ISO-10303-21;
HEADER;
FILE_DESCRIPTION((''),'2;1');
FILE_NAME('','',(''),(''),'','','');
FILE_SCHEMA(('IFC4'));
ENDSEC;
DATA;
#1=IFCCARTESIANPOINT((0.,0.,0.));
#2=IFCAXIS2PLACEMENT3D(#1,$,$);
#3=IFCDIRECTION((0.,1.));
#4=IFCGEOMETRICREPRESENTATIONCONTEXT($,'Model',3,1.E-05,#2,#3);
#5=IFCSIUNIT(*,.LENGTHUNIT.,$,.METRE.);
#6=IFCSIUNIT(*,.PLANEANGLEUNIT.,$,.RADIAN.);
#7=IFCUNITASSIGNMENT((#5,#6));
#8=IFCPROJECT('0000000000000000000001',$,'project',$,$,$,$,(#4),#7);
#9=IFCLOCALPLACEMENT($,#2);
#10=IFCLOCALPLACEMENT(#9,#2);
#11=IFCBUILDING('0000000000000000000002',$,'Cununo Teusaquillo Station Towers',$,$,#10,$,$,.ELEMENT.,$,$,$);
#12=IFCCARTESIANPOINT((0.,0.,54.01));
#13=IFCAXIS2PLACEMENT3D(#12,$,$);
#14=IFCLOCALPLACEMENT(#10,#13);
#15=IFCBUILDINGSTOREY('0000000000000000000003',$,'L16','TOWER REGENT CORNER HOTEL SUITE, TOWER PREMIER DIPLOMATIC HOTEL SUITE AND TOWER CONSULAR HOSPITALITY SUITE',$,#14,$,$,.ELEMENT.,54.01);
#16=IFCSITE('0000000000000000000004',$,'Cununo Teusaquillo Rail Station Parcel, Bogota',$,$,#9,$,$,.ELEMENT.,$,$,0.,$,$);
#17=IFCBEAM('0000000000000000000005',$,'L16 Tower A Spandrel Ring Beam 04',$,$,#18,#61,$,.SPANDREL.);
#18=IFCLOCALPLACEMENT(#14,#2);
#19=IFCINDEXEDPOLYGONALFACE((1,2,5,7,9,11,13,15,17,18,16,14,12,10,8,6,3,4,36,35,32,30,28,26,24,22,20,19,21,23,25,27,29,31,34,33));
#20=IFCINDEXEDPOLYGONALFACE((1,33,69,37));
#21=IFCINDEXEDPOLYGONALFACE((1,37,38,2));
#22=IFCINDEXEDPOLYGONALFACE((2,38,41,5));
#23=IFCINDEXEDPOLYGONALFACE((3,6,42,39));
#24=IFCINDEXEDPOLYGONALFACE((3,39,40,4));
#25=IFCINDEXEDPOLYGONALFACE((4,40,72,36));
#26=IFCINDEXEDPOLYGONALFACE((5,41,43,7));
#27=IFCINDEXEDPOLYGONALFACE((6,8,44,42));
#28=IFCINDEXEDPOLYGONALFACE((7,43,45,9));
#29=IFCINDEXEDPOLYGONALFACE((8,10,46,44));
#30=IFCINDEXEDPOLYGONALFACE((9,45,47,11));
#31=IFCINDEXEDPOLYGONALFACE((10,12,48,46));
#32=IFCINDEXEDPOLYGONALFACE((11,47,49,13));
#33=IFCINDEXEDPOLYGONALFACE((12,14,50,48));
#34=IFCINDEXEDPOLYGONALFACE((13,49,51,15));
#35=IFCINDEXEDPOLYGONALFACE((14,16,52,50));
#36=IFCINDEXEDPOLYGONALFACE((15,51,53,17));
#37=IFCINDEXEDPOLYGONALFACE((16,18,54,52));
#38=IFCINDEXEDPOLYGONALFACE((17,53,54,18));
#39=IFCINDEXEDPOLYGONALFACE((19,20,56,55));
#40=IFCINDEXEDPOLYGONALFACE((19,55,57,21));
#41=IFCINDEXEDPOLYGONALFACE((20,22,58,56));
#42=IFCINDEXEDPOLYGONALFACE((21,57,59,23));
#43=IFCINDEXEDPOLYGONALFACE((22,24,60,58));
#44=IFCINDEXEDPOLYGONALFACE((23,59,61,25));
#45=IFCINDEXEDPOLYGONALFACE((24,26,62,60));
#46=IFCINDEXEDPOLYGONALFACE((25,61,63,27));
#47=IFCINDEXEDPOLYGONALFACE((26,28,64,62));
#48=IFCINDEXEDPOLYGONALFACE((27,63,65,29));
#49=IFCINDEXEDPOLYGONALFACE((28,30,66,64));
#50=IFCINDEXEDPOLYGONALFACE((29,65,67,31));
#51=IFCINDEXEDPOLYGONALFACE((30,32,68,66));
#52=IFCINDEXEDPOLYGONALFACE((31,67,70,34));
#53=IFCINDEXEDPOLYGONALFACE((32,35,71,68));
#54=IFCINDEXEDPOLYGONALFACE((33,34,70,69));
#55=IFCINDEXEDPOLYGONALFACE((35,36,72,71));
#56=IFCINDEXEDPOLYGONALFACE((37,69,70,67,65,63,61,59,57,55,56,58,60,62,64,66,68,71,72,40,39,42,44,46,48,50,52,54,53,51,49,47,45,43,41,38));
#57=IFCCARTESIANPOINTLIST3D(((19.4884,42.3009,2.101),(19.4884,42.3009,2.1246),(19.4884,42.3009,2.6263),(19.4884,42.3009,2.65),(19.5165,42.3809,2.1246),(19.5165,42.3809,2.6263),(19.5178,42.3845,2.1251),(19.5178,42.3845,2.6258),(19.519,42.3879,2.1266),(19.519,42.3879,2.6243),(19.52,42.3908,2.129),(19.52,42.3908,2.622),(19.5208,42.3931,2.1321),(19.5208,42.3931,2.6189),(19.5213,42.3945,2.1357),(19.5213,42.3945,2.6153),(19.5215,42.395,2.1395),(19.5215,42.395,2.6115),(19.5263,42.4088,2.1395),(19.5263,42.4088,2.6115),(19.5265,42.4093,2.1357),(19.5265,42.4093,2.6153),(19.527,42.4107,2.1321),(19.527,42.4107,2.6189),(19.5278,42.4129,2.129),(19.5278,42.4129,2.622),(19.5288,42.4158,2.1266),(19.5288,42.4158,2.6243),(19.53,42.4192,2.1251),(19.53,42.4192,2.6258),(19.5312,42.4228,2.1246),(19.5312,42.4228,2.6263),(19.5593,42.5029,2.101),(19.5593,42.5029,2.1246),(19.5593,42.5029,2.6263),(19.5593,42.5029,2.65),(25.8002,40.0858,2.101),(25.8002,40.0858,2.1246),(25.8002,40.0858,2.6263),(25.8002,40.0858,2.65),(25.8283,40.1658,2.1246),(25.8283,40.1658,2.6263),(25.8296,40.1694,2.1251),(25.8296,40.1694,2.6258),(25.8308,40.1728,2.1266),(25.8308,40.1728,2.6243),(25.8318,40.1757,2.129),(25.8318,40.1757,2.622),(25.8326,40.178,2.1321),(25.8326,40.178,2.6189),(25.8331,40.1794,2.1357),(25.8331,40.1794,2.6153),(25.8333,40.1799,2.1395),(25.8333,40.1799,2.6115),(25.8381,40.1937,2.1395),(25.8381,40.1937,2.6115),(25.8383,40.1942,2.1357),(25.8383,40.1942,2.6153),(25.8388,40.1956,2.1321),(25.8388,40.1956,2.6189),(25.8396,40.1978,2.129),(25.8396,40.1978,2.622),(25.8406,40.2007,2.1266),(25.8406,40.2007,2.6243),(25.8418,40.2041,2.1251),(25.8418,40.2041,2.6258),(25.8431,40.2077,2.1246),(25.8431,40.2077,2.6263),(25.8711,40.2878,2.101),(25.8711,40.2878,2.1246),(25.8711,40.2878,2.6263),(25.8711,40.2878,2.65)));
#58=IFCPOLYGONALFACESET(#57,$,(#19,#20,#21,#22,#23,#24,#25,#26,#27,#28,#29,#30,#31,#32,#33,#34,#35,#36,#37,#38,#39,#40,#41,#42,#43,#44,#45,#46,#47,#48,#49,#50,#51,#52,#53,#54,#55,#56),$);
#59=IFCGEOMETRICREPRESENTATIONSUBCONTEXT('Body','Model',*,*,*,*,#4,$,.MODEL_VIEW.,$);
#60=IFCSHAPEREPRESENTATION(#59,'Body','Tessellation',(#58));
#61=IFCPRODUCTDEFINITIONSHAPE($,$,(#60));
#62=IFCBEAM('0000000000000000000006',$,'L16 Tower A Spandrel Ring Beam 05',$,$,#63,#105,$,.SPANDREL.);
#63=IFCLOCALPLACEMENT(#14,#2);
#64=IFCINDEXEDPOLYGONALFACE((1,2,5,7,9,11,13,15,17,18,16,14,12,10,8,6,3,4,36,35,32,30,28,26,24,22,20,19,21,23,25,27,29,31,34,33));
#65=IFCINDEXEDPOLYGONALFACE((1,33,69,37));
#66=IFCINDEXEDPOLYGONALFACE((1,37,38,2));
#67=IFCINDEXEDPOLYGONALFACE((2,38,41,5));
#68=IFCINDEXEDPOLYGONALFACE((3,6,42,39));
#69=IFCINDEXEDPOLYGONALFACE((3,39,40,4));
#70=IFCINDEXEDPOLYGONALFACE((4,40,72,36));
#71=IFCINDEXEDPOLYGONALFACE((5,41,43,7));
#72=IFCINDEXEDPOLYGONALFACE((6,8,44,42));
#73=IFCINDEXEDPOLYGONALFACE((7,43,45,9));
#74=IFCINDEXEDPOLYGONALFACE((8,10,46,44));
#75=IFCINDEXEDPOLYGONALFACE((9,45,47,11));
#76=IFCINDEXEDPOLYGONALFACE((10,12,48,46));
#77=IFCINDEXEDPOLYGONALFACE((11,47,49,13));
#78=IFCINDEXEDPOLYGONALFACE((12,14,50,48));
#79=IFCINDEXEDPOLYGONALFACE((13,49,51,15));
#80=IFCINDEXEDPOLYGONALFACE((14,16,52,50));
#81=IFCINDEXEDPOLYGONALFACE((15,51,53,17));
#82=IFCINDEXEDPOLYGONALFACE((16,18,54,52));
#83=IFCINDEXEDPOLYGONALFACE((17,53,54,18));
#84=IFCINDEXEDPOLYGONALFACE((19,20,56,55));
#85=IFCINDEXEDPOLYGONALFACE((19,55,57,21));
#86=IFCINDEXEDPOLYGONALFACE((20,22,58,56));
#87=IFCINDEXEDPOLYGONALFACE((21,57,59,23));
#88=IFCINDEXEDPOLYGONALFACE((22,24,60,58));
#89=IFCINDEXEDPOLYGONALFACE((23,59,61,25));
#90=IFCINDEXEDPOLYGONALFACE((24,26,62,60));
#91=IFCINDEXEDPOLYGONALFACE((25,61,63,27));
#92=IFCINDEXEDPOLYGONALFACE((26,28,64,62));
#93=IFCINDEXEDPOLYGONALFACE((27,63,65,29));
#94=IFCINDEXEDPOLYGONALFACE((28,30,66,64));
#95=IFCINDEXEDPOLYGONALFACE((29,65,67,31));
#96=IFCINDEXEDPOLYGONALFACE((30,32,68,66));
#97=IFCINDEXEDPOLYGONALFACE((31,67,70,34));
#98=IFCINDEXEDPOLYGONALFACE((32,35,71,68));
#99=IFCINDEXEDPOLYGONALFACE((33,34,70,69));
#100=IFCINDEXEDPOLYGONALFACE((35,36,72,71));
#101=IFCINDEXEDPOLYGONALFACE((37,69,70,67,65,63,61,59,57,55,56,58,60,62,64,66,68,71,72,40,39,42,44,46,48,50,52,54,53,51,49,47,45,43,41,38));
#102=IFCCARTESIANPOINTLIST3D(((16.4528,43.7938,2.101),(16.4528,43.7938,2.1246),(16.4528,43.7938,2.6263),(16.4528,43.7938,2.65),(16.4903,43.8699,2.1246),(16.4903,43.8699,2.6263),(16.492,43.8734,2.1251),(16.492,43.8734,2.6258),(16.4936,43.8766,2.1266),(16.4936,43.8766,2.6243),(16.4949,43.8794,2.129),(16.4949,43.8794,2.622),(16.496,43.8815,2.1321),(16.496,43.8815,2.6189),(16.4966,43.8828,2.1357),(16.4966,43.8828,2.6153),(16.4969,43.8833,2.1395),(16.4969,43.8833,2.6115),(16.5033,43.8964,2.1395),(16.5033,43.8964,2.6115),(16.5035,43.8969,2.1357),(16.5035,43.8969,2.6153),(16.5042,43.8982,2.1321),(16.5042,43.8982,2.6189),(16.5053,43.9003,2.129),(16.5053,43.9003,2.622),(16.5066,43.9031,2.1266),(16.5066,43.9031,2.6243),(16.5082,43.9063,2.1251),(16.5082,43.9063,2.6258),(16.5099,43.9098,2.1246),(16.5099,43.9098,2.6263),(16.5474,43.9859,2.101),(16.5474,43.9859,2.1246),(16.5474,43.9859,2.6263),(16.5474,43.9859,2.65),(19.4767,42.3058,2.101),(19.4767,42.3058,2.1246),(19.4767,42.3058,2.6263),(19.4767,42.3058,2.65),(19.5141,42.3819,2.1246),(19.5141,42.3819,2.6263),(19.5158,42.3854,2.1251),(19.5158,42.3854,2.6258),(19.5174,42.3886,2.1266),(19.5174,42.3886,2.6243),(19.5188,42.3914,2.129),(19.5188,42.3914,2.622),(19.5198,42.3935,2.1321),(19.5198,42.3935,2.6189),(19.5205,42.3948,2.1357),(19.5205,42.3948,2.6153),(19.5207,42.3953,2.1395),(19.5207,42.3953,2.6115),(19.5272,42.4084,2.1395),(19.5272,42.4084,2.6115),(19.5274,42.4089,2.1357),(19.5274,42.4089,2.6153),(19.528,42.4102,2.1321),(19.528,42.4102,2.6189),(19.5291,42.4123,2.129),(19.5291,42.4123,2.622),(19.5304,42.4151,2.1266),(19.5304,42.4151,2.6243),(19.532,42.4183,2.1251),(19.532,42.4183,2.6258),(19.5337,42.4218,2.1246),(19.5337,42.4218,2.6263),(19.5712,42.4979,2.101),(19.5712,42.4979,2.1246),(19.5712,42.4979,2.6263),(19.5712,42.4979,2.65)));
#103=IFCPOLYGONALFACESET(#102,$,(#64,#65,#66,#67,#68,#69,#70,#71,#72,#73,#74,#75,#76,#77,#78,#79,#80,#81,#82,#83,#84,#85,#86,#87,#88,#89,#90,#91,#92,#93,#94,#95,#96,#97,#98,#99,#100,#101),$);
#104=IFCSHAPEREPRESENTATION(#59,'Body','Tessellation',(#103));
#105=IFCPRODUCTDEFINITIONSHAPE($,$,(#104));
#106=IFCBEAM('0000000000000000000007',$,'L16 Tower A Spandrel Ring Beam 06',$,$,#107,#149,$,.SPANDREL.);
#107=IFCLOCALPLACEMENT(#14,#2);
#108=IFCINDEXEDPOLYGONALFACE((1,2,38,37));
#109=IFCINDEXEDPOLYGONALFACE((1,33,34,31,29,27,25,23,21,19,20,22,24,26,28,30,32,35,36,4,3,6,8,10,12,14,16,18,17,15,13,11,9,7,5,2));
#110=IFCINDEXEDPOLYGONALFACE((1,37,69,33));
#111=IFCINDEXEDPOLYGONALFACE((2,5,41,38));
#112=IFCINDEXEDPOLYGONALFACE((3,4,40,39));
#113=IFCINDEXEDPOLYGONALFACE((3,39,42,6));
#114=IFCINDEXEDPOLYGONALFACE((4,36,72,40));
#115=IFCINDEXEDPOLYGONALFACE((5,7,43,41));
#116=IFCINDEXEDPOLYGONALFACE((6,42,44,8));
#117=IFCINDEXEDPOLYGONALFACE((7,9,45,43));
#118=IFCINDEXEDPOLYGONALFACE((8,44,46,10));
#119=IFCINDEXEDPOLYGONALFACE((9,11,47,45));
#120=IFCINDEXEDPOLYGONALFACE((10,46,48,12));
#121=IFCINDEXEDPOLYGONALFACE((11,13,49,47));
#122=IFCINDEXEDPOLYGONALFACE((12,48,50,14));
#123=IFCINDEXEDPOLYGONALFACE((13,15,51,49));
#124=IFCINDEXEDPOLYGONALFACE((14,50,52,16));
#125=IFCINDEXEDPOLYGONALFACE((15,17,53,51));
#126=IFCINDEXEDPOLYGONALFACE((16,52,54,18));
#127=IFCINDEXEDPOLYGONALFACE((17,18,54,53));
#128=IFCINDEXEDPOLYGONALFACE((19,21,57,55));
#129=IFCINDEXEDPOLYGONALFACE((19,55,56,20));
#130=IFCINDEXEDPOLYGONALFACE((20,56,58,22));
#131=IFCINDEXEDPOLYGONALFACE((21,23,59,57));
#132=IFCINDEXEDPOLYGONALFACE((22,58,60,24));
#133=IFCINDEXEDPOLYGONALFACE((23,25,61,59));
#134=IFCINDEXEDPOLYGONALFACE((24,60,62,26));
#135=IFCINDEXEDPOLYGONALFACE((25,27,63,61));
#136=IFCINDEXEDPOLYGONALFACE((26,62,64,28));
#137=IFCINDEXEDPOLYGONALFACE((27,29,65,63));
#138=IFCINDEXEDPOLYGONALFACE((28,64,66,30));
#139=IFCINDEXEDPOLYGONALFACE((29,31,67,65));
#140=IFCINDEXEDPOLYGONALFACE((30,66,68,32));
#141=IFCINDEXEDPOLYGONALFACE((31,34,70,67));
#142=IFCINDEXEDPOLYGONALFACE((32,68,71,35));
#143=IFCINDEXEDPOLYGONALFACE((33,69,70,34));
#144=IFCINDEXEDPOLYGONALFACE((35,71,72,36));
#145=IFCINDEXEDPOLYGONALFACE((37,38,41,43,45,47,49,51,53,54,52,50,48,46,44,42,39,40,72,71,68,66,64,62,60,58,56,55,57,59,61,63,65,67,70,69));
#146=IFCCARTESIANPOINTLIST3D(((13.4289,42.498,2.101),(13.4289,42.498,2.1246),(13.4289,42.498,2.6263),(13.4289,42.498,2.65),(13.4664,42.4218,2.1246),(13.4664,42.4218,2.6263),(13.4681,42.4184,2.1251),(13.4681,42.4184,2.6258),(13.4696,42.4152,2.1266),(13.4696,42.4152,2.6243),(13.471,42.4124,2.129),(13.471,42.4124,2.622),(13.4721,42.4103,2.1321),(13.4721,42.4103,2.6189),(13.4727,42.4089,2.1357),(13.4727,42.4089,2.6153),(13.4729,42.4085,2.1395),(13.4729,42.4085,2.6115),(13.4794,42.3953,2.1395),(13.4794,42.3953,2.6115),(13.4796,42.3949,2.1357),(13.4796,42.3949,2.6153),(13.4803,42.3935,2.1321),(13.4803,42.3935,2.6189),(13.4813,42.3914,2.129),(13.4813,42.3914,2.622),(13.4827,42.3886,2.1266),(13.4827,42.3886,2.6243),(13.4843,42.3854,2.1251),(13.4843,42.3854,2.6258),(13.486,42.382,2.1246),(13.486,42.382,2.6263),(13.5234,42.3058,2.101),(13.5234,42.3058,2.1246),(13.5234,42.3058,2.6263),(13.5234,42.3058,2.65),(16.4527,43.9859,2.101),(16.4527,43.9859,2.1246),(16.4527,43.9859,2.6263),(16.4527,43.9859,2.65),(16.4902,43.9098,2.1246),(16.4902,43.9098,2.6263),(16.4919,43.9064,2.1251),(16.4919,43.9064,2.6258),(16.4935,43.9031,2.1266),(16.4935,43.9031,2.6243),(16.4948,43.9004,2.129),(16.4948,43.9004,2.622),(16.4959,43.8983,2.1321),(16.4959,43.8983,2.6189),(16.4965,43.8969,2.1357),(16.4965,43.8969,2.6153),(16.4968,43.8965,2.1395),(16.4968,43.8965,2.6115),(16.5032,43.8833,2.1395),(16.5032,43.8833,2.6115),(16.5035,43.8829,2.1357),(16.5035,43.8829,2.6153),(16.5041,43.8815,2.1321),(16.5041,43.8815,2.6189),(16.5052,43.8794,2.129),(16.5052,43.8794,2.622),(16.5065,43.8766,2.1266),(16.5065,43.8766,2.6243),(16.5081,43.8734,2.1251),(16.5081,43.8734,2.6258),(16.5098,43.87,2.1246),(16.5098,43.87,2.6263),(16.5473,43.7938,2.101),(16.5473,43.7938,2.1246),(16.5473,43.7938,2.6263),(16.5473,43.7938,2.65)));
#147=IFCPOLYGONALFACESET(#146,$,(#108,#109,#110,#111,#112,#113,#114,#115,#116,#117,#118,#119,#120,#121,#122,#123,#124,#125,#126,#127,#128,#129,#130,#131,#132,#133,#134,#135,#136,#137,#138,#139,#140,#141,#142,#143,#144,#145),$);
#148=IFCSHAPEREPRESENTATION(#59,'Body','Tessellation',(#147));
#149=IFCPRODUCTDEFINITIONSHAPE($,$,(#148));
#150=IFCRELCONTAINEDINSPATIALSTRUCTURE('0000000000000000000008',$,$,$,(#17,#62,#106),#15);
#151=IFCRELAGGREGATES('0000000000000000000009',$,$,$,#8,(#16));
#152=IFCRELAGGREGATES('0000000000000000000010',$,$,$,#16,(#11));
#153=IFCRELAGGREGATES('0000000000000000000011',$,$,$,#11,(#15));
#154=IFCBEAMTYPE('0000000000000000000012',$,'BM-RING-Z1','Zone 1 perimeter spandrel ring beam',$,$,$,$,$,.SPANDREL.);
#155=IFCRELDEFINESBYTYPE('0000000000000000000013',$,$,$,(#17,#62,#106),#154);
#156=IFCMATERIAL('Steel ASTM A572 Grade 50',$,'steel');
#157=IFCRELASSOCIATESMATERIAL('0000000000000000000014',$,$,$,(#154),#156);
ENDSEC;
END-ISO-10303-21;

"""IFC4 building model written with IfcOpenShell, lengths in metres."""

from ifc_helpers import new_model, si_unit, direction, frame, origin, origin_2d, place, context, subcontext, project, spatial, i_section, extrude, material, material_profile, profile_set, type_object, element, save


model = new_model("IFC4")

# Units and contexts
model_context = context("Model", 3, precision=1e-05, world=origin(), true_north=direction((0.0, 1.0)))
body_context = subcontext(model_context, "Body", "Model", "MODEL_VIEW")
ifc_project = project(units=[si_unit("LENGTHUNIT", "METRE"), si_unit("PLANEANGLEUNIT", "RADIAN")], contexts=[model_context])

# Site, building, storey
site_placement = place(None, origin())
site = spatial("IfcSite", under=ifc_project, at=site_placement, Name="Cununo Teusaquillo Rail Station Parcel, Bogota", CompositionType="ELEMENT", RefElevation=0.0)
building_placement = place(site_placement, origin())
building = spatial("IfcBuilding", under=site, at=building_placement, Name="Cununo Teusaquillo Station Towers", CompositionType="ELEMENT")
storey_placement = place(building_placement, frame((0.0, 0.0, 54.01)))
storey = spatial("IfcBuildingStorey", under=building, at=storey_placement, Name="L16", Description="TOWER REGENT CORNER HOTEL SUITE, TOWER PREMIER DIPLOMATIC HOTEL SUITE AND TOWER CONSULAR HOSPITALITY SUITE", CompositionType="ELEMENT", Elevation=54.01)

# Beams
ifc_material_1 = material(Name="Steel ASTM A572 Grade 50", Category="steel")
ifc_material_profile_1 = material_profile(ifc_material_1, i_section(OverallWidth=0.2141, OverallDepth=0.5491, WebThickness=0.0146, FlangeThickness=0.0237, FilletRadius=0.0149, at=origin_2d()), Name="W21X93")
ifc_profile_set_1 = profile_set([ifc_material_profile_1], Name="Steel ASTM A572 Grade 50")
beam_type_1 = type_object("IfcBeamType", Name="BM-RING-Z1", Description="Zone 1 perimeter spandrel ring beam", PredefinedType="SPANDREL", material=ifc_profile_set_1)
beam_1_placement = place(storey_placement, frame((25.8357, 40.1868, 2.3755), z_axis=(-0.94358, 0.331145, 0.0), x_axis=(-0.331145, -0.94358, 0.0)))
element("IfcBeam", 1, at=beam_1_placement, inside=storey, type_object=beam_type_1, Name="L16 Tower A Spandrel Ring Beam 04", PredefinedType="SPANDREL", context=body_context, shape_type="SweptSolid", body=[
    extrude(i_section(OverallWidth=0.2141, OverallDepth=0.5491, WebThickness=0.0146, FlangeThickness=0.0237, FilletRadius=0.0149, at=origin_2d()), origin(), (0.0, 0.0, 1.0), 6.6892),
])
for number, where, z_axis, x_axis, name in (
    (2, (19.5239, 42.4019, 2.3755), (-0.897249, 0.441525, 0.0), (-0.441525, -0.897249, 0.0), "L16 Tower A Spandrel Ring Beam 05"),
    (3, (16.5, 43.8899, 2.3755), (-0.897249, -0.441525, 0.0), (0.441525, -0.897249, 0.0), "L16 Tower A Spandrel Ring Beam 06"),
):
    element("IfcBeam", number, at=place(storey_placement, frame(where, z_axis=z_axis, x_axis=x_axis)), inside=storey, type_object=beam_type_1, Name=name, PredefinedType="SPANDREL", context=body_context, shape_type="SweptSolid", body=[
        extrude(i_section(OverallWidth=0.2141, OverallDepth=0.5491, WebThickness=0.0146, FlangeThickness=0.0237, FilletRadius=0.0149, at=origin_2d()), origin(), (0.0, 0.0, 1.0), 3.3701),
    ])

save(model, "model.ifc")
